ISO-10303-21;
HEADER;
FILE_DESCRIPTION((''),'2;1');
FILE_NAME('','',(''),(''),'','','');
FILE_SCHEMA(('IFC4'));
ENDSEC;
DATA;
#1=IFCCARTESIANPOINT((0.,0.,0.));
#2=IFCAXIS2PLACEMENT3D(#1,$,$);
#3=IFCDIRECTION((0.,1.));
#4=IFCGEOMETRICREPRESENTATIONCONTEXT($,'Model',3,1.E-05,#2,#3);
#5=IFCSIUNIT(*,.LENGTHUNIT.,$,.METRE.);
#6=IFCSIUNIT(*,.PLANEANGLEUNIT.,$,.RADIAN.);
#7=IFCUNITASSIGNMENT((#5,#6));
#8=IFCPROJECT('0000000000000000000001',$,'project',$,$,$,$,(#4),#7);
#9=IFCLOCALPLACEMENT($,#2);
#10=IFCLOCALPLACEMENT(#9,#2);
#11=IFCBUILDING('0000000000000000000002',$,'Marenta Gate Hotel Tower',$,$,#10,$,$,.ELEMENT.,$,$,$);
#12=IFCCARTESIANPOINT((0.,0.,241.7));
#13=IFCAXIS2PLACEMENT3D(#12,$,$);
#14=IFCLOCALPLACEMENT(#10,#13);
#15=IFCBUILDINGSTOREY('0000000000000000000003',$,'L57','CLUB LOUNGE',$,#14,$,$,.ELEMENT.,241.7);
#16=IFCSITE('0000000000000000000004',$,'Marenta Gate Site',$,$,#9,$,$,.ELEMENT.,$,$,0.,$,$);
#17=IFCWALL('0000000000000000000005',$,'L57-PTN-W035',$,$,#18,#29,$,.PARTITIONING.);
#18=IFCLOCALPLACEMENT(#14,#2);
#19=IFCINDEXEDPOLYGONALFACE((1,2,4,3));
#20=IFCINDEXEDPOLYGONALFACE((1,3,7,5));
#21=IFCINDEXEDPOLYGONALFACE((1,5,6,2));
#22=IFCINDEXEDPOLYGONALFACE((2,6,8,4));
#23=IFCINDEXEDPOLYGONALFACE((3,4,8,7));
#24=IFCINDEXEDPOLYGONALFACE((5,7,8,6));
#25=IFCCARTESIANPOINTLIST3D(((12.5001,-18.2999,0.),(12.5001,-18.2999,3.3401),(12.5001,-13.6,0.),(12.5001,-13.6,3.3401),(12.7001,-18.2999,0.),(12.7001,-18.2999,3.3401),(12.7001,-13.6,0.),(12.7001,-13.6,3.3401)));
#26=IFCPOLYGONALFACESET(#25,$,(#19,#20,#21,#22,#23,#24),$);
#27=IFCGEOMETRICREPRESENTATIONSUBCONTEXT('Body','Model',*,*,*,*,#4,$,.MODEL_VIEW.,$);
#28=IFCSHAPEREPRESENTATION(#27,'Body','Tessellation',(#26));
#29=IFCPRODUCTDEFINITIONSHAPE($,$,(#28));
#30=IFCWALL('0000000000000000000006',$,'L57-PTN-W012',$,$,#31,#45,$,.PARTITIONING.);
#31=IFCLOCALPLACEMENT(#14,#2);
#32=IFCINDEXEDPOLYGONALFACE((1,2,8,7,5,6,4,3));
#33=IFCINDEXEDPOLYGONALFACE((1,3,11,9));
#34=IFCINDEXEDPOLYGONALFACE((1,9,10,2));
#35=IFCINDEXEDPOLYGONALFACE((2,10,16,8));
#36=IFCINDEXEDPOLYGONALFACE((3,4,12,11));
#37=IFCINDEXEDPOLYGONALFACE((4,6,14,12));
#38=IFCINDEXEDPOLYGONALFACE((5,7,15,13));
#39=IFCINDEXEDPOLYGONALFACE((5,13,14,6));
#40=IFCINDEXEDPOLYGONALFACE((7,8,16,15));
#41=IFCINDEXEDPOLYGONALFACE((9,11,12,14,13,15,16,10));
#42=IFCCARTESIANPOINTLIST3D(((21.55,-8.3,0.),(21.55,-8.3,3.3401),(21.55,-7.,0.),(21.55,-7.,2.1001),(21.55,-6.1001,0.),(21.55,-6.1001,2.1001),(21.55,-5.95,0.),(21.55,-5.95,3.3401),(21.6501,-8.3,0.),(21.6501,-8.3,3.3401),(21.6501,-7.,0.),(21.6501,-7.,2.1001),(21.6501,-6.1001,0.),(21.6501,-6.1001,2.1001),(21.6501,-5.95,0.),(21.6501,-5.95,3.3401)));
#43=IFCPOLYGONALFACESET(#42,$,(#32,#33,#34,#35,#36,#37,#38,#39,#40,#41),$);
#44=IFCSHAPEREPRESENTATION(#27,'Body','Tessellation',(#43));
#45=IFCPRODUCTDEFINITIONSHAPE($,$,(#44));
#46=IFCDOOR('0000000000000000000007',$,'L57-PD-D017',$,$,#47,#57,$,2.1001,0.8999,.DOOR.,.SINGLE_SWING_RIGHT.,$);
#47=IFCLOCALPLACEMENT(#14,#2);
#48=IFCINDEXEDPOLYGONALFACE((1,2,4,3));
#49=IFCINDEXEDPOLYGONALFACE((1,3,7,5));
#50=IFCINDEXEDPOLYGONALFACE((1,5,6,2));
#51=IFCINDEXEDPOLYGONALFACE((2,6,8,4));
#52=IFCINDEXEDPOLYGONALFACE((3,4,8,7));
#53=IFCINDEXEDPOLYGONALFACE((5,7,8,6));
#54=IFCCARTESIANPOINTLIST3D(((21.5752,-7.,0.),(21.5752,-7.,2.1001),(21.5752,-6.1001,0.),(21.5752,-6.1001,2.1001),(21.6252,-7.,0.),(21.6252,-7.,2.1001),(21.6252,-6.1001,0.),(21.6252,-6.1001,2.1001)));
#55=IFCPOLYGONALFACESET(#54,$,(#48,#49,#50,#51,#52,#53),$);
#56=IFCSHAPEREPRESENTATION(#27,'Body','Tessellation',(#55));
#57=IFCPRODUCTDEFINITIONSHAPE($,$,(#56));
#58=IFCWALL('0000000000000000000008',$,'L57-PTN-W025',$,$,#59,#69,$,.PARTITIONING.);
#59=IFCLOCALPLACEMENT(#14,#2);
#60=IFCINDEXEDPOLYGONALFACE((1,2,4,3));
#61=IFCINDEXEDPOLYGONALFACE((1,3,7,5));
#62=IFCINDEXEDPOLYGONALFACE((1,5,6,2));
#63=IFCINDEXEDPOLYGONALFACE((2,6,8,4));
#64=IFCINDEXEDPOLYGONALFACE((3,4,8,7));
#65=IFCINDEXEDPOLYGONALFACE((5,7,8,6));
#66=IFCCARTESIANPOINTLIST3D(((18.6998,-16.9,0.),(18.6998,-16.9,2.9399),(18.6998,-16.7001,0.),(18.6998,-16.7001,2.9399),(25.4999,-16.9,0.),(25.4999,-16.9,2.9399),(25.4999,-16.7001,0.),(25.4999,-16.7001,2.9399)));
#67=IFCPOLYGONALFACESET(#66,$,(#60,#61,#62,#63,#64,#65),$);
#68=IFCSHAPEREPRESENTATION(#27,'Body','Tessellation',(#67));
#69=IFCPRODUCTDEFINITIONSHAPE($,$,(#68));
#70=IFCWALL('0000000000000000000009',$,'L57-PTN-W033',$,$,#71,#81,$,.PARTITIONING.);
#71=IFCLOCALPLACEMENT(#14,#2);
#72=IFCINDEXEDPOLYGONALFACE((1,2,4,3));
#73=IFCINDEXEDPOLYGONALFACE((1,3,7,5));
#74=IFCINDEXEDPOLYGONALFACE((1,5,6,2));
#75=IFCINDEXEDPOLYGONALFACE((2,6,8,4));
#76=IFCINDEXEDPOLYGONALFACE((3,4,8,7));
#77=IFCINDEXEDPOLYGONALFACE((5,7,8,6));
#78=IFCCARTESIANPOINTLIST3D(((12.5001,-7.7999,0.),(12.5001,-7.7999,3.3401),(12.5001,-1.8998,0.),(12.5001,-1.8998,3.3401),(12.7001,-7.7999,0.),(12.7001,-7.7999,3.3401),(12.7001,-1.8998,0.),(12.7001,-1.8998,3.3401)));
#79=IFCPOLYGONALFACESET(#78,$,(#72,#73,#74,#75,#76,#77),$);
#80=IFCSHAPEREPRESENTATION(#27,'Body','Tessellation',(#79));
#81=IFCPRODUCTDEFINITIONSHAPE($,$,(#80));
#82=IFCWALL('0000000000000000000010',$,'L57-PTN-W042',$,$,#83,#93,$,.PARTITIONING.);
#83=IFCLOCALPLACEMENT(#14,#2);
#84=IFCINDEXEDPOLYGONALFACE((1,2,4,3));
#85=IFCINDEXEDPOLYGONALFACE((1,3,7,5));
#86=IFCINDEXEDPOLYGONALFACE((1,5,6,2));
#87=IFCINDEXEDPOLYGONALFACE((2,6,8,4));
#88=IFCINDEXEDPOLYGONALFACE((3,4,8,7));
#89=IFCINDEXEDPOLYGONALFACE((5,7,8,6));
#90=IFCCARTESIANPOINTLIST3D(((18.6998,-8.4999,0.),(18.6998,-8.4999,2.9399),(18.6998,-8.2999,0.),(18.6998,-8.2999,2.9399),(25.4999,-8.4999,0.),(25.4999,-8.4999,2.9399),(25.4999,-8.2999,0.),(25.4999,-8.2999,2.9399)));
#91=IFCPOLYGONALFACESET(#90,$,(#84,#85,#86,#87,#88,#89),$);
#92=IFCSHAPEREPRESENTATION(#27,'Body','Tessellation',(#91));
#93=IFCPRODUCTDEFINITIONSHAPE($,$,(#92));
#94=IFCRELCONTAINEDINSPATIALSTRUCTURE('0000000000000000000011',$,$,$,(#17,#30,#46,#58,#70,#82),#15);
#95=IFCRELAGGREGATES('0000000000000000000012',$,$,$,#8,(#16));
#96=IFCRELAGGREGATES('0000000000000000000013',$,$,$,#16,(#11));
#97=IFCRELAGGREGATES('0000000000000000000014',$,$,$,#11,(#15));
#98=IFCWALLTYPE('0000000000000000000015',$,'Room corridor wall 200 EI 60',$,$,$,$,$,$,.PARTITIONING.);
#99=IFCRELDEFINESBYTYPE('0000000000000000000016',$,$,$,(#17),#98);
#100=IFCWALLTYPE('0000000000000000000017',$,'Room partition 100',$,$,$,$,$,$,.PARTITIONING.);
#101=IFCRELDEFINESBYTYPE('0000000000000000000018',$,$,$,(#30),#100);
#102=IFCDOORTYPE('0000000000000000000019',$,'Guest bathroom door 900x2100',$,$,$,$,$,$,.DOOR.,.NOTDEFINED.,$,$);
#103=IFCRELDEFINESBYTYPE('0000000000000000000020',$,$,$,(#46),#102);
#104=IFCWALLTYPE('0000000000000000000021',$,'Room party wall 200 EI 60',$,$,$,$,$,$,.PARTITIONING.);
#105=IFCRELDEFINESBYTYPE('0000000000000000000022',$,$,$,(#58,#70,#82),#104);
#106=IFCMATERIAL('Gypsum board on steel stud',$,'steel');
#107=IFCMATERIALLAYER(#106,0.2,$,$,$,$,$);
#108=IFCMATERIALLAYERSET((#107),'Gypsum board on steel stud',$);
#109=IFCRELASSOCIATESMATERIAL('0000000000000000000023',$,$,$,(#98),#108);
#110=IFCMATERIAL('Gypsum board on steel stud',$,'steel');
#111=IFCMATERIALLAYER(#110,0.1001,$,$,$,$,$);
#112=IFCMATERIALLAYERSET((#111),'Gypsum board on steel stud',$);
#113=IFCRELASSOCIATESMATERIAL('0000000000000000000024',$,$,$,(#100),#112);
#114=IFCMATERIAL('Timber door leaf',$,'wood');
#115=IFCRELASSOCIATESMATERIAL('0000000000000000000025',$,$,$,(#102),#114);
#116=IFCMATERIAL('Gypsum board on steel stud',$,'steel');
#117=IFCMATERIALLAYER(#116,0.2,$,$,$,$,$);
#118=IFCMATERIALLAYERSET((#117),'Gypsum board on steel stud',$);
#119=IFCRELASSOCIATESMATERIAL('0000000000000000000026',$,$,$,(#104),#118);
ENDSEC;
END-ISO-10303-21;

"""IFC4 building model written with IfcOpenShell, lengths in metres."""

from ifc_helpers import new_model, si_unit, direction, frame, frame_2d, origin, place, context, subcontext, project, spatial, rectangle, extrude, material, layer, layer_set, type_object, element, fill, save


model = new_model("IFC4")

# Units and contexts
model_context = context("Model", 3, precision=1e-05, world=origin(), true_north=direction((0.0, 1.0)))
body_context = subcontext(model_context, "Body", "Model", "MODEL_VIEW")
ifc_project = project(units=[si_unit("LENGTHUNIT", "METRE"), si_unit("PLANEANGLEUNIT", "RADIAN")], contexts=[model_context])

# Site, building, storey
site_placement = place(None, origin())
site = spatial("IfcSite", under=ifc_project, at=site_placement, Name="Marenta Gate Site", CompositionType="ELEMENT", RefElevation=0.0)
building_placement = place(site_placement, origin())
building = spatial("IfcBuilding", under=site, at=building_placement, Name="Marenta Gate Hotel Tower", CompositionType="ELEMENT")
storey_placement = place(building_placement, frame((0.0, 0.0, 241.7)))
storey = spatial("IfcBuildingStorey", under=building, at=storey_placement, Name="L57", Description="CLUB LOUNGE", CompositionType="ELEMENT", Elevation=241.7)

# Wall
ifc_material_1 = material(Name="Gypsum board on steel stud", Category="steel")
ifc_layer_1 = layer(ifc_material_1, 0.2)
ifc_layer_set_1 = layer_set([ifc_layer_1], Name="Gypsum board on steel stud")
wall_type_1 = type_object("IfcWallType", Name="Room corridor wall 200 EI 60", PredefinedType="PARTITIONING", material=ifc_layer_set_1)
wall_1_placement = place(storey_placement, frame((12.6001, -18.3, 0.0), z_axis=(0.0, 0.0, 1.0), x_axis=(0.0, 1.0, 0.0)))
element("IfcWall", 1, at=wall_1_placement, inside=storey, type_object=wall_type_1, Name="L57-PTN-W035", PredefinedType="PARTITIONING", context=body_context, shape_type="SweptSolid", body=[
    extrude(rectangle(XDim=4.7, YDim=0.2, at=frame_2d((2.3501, 0.0))), origin(), (0.0, 0.0, 1.0), 3.3401),
])

# Wall, opening, door
ifc_material_2 = material(Name="Gypsum board on steel stud", Category="steel")
ifc_layer_2 = layer(ifc_material_2, 0.1001)
ifc_layer_set_2 = layer_set([ifc_layer_2], Name="Gypsum board on steel stud")
wall_type_2 = type_object("IfcWallType", Name="Room partition 100", PredefinedType="PARTITIONING", material=ifc_layer_set_2)
wall_2_placement = place(storey_placement, frame((21.6001, -8.3, 0.0), z_axis=(0.0, 0.0, 1.0), x_axis=(0.0, 1.0, 0.0)))
wall_2 = element("IfcWall", 2, at=wall_2_placement, inside=storey, type_object=wall_type_2, Name="L57-PTN-W012", PredefinedType="PARTITIONING", context=body_context, shape_type="SweptSolid", body=[
    extrude(rectangle(XDim=2.3501, YDim=0.1001, at=frame_2d((1.175, 0.0))), origin(), (0.0, 0.0, 1.0), 3.3401),
])
opening_placement = place(wall_2_placement, frame((1.3, 0.0, 0.0)))
opening = element("IfcOpeningElement", 3, at=opening_placement, cuts=wall_2, PredefinedType="OPENING", context=body_context, shape_type="SweptSolid", body=[
    extrude(rectangle(XDim=0.8999, YDim=2.1001, at=frame_2d((0.45, 1.05))), frame((0.0, 0.05, 0.0), z_axis=(0.0, -1.0, 0.0), x_axis=(1.0, 0.0, 0.0)), (0.0, 0.0, 1.0), 0.1001),
])
ifc_material_3 = material(Name="Timber door leaf", Category="wood")
door_type = type_object("IfcDoorType", Name="Guest bathroom door 900x2100", OperationType="NOTDEFINED", PredefinedType="DOOR", material=ifc_material_3)
door_placement = place(opening_placement, origin())
door = element("IfcDoor", 4, at=door_placement, inside=storey, type_object=door_type, Name="L57-PD-D017", OperationType="SINGLE_SWING_RIGHT", OverallHeight=2.1001, OverallWidth=0.8999, PredefinedType="DOOR", context=body_context, shape_type="SweptSolid", body=[
    extrude(rectangle(XDim=0.8999, YDim=2.1001, at=frame_2d((0.45, 1.05))), frame((0.0, 0.0249, 0.0), z_axis=(0.0, -1.0, 0.0), x_axis=(1.0, 0.0, 0.0)), (0.0, 0.0, 1.0), 0.05),
])
fill(opening, door)

# Walls
ifc_material_4 = material(Name="Gypsum board on steel stud", Category="steel")
ifc_layer_3 = layer(ifc_material_4, 0.2)
ifc_layer_set_3 = layer_set([ifc_layer_3], Name="Gypsum board on steel stud")
wall_type_3 = type_object("IfcWallType", Name="Room party wall 200 EI 60", PredefinedType="PARTITIONING", material=ifc_layer_set_3)
wall_3_placement = place(storey_placement, frame((18.7, -16.8, 0.0), z_axis=(0.0, 0.0, 1.0), x_axis=(1.0, 0.0, 0.0)))
element("IfcWall", 5, at=wall_3_placement, inside=storey, type_object=wall_type_3, Name="L57-PTN-W025", PredefinedType="PARTITIONING", context=body_context, shape_type="SweptSolid", body=[
    extrude(rectangle(XDim=6.8, YDim=0.2, at=frame_2d((3.3999, 0.0))), origin(), (0.0, 0.0, 1.0), 2.9399),
])
wall_4_placement = place(storey_placement, frame((12.6001, -7.8, 0.0), z_axis=(0.0, 0.0, 1.0), x_axis=(0.0, 1.0, 0.0)))
element("IfcWall", 6, at=wall_4_placement, inside=storey, type_object=wall_type_3, Name="L57-PTN-W033", PredefinedType="PARTITIONING", context=body_context, shape_type="SweptSolid", body=[
    extrude(rectangle(XDim=5.9001, YDim=0.2, at=frame_2d((2.9502, 0.0))), origin(), (0.0, 0.0, 1.0), 3.3401),
])
wall_5_placement = place(storey_placement, frame((18.7, -8.3999, 0.0), z_axis=(0.0, 0.0, 1.0), x_axis=(1.0, 0.0, 0.0)))
element("IfcWall", 7, at=wall_5_placement, inside=storey, type_object=wall_type_3, Name="L57-PTN-W042", PredefinedType="PARTITIONING", context=body_context, shape_type="SweptSolid", body=[
    extrude(rectangle(XDim=6.8, YDim=0.2, at=frame_2d((3.3999, 0.0))), origin(), (0.0, 0.0, 1.0), 2.9399),
])

save(model, "model.ifc")
